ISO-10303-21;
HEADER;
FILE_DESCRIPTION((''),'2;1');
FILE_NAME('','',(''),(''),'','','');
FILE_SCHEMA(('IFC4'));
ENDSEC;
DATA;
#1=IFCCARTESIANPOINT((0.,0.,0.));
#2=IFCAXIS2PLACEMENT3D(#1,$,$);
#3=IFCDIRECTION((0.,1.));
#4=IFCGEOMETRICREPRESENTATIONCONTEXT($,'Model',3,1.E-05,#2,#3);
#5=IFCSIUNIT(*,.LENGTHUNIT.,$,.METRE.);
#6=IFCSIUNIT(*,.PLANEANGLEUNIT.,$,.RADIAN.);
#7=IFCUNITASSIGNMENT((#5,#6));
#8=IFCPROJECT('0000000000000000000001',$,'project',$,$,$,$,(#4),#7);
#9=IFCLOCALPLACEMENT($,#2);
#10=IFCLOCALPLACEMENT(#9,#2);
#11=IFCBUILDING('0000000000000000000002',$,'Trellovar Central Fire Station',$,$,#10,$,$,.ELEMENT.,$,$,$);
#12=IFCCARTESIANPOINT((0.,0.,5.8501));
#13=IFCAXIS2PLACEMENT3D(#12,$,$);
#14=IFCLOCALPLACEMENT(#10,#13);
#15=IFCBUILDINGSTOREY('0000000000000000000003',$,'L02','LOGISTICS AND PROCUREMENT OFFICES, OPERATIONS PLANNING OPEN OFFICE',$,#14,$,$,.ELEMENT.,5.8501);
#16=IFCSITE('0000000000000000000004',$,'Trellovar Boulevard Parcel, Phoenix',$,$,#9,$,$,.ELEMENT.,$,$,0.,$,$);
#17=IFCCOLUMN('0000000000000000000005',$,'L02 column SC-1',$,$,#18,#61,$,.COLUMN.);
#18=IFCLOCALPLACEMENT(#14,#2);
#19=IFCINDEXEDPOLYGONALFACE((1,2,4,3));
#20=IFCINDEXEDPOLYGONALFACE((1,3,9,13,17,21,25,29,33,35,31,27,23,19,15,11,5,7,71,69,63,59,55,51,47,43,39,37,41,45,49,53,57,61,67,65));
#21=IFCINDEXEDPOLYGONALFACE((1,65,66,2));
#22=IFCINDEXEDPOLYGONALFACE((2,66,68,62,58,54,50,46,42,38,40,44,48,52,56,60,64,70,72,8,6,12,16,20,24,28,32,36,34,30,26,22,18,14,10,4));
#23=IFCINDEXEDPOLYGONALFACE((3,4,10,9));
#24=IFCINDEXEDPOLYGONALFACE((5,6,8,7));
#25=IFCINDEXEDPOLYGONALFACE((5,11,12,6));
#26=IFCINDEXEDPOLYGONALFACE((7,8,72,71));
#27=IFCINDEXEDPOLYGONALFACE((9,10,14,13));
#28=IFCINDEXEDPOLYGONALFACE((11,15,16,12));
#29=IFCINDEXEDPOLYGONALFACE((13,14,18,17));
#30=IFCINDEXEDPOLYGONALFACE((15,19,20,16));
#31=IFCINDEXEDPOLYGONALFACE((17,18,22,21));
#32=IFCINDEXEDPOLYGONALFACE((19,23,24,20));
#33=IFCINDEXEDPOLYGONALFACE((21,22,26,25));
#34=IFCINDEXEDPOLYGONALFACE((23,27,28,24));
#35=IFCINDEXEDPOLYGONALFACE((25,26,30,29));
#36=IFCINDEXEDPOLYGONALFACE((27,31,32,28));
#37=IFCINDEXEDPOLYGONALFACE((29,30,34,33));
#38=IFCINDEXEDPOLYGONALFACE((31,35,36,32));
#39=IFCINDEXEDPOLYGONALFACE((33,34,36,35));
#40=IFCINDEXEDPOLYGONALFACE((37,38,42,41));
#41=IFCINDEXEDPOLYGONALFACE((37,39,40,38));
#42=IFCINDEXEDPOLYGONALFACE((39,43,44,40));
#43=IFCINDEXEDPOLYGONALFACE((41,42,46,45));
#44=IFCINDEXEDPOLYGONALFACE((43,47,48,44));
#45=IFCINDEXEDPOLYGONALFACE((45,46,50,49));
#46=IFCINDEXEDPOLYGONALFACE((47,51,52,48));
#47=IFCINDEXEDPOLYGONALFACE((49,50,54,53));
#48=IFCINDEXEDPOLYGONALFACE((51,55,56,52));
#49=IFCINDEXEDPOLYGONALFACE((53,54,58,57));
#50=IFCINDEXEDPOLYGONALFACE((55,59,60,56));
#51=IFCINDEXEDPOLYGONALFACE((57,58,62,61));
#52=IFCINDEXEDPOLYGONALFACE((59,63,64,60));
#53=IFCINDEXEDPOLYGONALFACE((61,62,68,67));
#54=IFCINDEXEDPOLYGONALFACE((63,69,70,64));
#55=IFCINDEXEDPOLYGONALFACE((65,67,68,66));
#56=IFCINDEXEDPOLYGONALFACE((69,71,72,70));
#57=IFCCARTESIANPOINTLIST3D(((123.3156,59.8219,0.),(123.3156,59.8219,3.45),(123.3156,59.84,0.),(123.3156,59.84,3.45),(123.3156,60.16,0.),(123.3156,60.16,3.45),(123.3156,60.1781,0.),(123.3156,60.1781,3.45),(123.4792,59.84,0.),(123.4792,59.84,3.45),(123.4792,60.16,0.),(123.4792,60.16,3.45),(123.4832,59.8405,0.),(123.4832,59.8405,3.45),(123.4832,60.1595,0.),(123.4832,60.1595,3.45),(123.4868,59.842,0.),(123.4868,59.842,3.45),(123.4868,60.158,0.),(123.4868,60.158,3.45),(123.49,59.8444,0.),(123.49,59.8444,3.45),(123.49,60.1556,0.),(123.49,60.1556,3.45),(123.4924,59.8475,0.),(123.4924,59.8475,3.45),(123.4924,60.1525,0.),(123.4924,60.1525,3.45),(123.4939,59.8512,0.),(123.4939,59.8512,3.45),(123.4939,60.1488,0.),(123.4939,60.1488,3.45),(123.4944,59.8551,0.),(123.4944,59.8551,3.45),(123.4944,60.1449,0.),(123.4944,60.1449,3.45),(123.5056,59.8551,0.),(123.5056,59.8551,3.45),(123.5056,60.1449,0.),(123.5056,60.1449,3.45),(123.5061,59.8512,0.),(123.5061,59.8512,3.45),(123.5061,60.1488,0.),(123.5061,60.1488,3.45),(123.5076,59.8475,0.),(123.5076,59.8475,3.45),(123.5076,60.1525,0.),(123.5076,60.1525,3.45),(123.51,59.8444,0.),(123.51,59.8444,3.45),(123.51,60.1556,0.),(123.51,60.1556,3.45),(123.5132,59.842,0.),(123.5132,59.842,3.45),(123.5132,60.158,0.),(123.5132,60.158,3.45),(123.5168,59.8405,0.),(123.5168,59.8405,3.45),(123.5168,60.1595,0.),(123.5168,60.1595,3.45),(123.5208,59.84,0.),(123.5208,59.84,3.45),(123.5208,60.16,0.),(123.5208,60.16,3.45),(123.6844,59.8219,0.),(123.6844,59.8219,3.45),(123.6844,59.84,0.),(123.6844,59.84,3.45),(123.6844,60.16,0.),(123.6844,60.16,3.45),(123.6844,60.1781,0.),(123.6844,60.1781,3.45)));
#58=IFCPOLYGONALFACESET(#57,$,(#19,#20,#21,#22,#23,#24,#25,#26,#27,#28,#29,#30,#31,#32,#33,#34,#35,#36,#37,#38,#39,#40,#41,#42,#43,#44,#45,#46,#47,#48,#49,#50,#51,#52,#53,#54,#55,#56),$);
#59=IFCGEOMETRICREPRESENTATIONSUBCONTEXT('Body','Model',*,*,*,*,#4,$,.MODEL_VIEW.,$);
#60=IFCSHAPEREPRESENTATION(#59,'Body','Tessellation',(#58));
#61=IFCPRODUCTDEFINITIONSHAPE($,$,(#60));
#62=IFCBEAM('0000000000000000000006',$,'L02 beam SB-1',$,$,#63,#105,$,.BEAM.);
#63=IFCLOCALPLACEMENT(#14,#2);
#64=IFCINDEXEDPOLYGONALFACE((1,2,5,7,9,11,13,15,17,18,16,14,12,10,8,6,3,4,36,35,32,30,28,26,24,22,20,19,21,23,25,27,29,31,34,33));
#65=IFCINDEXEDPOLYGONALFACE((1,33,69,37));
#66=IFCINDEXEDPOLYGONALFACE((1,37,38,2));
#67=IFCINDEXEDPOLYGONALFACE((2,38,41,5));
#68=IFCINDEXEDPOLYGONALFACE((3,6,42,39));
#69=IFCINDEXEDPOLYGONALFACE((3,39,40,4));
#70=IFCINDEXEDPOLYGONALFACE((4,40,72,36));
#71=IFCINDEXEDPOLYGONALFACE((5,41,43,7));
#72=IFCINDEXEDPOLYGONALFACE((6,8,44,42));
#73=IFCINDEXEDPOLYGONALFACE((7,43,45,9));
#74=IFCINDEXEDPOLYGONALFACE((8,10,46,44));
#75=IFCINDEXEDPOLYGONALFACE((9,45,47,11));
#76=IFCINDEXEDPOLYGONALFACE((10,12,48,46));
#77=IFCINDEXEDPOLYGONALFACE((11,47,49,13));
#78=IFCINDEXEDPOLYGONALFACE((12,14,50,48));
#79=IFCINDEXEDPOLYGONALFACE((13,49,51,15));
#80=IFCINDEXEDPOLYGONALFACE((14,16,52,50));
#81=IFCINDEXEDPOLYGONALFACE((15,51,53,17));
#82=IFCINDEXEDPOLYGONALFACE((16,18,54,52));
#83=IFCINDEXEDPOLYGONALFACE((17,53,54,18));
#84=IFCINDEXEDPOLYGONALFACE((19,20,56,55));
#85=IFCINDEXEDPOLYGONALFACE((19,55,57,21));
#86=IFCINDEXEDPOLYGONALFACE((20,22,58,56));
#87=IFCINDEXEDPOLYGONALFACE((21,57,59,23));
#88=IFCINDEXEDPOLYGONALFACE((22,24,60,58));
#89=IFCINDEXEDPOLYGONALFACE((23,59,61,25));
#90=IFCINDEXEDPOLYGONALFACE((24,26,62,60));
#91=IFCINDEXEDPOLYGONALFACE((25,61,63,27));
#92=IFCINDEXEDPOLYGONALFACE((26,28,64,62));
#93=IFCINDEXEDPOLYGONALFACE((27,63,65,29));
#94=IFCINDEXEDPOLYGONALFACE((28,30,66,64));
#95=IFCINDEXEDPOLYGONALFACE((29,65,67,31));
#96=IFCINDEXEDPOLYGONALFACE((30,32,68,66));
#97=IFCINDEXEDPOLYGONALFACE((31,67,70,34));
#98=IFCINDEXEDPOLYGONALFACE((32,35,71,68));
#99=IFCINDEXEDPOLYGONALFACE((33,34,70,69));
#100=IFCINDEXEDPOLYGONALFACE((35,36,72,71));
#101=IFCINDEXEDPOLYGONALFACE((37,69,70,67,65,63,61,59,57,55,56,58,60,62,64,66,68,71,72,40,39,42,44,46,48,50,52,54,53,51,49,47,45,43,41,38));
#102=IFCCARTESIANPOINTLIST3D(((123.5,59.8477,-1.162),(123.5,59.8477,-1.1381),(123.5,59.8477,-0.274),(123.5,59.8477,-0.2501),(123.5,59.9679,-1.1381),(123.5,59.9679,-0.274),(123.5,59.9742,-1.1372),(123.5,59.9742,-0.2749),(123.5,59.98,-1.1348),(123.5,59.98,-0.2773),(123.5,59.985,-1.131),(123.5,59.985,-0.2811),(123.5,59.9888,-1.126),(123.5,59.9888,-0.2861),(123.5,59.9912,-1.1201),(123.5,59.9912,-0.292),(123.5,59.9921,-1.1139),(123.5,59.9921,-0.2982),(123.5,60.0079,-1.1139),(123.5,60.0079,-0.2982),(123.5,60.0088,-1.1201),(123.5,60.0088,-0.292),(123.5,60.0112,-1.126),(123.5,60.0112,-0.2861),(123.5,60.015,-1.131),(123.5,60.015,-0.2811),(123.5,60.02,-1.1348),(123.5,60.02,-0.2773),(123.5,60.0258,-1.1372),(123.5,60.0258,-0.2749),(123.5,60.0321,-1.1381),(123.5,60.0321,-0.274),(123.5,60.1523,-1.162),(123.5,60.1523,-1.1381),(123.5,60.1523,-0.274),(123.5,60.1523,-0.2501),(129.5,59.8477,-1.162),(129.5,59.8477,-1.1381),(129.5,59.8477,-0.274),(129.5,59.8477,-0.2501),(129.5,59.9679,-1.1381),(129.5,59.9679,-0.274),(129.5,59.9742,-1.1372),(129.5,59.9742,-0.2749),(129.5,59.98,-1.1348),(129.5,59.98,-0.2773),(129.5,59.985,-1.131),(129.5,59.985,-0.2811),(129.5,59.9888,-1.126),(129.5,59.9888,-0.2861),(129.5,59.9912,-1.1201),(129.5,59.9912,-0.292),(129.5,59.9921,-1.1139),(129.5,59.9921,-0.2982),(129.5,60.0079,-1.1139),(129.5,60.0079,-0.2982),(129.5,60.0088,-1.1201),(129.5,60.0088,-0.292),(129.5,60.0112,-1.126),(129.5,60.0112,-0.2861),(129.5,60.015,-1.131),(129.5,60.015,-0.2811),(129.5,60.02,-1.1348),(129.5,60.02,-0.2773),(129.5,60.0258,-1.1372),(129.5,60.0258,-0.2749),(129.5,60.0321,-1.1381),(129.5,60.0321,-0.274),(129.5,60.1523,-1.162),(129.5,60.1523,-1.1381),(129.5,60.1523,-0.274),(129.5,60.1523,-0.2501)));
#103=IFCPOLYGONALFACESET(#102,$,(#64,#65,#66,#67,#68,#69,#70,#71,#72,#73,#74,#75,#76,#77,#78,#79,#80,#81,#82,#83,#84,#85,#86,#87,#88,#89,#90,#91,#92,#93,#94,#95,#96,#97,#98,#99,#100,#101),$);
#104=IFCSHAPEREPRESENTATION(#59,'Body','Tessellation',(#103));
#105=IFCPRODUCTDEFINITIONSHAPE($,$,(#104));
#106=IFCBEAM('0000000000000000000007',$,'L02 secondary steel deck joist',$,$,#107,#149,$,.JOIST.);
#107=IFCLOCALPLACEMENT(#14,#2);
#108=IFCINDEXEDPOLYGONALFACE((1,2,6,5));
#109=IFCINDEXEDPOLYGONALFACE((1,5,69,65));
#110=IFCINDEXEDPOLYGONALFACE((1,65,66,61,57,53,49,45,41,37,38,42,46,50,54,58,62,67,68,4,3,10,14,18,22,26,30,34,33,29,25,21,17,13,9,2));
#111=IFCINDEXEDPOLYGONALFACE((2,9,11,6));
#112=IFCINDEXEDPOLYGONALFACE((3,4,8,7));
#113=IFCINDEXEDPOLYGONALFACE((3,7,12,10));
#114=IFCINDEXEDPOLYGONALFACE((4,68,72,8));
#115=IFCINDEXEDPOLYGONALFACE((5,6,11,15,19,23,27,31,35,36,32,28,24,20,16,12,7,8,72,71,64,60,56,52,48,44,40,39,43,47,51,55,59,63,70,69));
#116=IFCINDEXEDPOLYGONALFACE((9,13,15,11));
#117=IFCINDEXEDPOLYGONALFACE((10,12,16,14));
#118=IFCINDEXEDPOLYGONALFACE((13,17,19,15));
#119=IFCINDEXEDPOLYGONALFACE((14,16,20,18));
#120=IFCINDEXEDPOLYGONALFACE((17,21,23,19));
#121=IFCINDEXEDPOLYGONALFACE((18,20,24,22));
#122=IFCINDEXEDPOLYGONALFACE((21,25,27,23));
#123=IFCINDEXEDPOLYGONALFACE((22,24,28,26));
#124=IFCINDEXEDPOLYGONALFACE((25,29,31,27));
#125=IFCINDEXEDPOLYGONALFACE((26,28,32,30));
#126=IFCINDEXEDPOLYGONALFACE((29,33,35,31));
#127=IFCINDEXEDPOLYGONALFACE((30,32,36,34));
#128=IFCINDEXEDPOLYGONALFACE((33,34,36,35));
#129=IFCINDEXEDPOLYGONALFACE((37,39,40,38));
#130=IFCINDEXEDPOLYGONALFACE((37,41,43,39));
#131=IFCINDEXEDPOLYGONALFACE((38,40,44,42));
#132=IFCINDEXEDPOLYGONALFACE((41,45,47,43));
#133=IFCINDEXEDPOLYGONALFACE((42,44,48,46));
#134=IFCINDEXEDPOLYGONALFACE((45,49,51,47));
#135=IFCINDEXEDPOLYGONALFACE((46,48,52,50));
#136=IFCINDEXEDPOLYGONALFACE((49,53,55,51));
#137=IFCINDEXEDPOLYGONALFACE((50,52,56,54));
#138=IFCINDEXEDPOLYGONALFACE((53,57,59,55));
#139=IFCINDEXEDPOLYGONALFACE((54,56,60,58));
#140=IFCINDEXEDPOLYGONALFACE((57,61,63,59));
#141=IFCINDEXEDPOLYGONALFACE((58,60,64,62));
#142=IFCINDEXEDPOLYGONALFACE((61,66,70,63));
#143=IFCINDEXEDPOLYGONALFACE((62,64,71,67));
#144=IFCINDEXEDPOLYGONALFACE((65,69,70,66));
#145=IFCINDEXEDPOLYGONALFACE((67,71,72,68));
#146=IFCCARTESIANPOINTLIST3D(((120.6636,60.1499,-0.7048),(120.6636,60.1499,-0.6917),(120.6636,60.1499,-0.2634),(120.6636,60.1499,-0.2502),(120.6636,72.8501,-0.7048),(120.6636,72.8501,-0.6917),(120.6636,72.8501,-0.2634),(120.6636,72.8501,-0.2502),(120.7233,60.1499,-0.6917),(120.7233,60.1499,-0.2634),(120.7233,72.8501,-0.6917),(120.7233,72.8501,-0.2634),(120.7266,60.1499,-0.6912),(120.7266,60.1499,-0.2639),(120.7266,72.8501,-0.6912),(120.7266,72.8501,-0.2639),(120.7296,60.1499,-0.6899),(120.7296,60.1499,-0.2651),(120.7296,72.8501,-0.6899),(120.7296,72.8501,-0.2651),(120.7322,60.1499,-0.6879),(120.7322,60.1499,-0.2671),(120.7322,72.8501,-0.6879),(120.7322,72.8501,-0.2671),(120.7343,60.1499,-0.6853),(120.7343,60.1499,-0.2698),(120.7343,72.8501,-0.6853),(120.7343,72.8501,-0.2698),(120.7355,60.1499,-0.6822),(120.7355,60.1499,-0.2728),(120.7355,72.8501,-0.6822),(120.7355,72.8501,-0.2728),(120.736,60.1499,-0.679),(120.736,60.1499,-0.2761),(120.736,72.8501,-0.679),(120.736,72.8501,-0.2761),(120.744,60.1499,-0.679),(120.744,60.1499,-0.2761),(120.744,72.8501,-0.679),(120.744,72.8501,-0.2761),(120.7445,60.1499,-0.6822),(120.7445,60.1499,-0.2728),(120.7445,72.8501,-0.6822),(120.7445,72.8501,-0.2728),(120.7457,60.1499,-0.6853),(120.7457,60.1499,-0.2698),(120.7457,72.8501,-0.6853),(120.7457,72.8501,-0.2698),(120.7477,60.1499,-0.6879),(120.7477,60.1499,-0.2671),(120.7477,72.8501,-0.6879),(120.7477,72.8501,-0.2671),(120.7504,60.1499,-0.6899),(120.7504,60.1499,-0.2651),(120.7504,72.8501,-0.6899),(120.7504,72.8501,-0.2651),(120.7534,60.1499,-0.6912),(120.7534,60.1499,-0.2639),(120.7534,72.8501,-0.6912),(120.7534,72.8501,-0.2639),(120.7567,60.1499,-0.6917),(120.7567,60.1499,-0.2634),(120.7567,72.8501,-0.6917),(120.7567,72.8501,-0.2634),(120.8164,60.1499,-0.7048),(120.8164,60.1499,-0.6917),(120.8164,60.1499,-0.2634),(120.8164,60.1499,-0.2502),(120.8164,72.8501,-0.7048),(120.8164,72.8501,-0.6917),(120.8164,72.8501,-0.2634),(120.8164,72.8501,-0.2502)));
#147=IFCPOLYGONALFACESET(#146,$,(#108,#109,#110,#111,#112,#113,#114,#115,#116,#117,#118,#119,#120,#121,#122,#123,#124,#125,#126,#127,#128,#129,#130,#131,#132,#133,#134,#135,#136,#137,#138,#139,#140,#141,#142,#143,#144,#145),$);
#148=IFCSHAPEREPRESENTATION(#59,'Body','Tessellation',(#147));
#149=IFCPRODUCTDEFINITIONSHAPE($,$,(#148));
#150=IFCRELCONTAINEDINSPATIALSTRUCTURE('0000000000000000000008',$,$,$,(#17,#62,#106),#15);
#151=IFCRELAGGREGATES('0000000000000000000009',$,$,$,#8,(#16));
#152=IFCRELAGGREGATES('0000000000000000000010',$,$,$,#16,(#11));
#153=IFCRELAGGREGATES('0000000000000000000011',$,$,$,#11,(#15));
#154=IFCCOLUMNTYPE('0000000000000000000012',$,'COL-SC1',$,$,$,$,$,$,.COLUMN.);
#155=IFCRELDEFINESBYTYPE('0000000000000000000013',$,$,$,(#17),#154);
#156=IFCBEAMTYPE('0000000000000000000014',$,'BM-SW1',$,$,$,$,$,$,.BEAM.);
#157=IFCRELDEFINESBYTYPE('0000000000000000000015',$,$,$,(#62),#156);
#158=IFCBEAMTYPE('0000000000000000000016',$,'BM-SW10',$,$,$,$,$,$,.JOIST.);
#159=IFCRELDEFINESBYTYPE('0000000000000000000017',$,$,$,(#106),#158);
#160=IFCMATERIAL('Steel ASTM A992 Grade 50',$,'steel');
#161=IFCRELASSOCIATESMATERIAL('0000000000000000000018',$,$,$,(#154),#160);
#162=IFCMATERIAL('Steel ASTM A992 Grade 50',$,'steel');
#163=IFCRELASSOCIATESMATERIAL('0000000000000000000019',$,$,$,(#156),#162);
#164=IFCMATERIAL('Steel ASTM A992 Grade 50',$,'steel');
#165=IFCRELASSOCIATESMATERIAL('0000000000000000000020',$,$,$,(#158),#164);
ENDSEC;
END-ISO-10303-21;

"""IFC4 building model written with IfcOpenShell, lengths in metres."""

from ifc_helpers import new_model, si_unit, direction, frame, origin, origin_2d, place, context, subcontext, project, spatial, i_section, extrude, material, material_profile, profile_set, type_object, element, save


model = new_model("IFC4")

# Units and contexts
model_context = context("Model", 3, precision=1e-05, world=origin(), true_north=direction((0.0, 1.0)))
body_context = subcontext(model_context, "Body", "Model", "MODEL_VIEW")
ifc_project = project(units=[si_unit("LENGTHUNIT", "METRE"), si_unit("PLANEANGLEUNIT", "RADIAN")], contexts=[model_context])

# Site, building, storey
site_placement = place(None, origin())
site = spatial("IfcSite", under=ifc_project, at=site_placement, Name="Trellovar Boulevard Parcel, Phoenix", CompositionType="ELEMENT", RefElevation=0.0)
building_placement = place(site_placement, origin())
building = spatial("IfcBuilding", under=site, at=building_placement, Name="Trellovar Central Fire Station", CompositionType="ELEMENT")
storey_placement = place(building_placement, frame((0.0, 0.0, 5.8501)))
storey = spatial("IfcBuildingStorey", under=building, at=storey_placement, Name="L02", Description="LOGISTICS AND PROCUREMENT OFFICES, OPERATIONS PLANNING OPEN OFFICE", CompositionType="ELEMENT", Elevation=5.8501)

# Column
ifc_material_1 = material(Name="Steel ASTM A992 Grade 50", Category="steel")
ifc_material_profile_1 = material_profile(ifc_material_1, i_section(OverallWidth=0.3689, OverallDepth=0.3562, WebThickness=0.0112, FlangeThickness=0.0181, FilletRadius=0.0151, at=origin_2d()), Name="W14X90")
ifc_profile_set_1 = profile_set([ifc_material_profile_1], Name="Steel ASTM A992 Grade 50")
column_type = type_object("IfcColumnType", Name="COL-SC1", PredefinedType="COLUMN", material=ifc_profile_set_1)
column_placement = place(storey_placement, frame((123.5, 60.0, 0.0), z_axis=(0.0, 0.0, 1.0), x_axis=(1.0, 0.0, 0.0)))
element("IfcColumn", 1, at=column_placement, inside=storey, type_object=column_type, Name="L02 column SC-1", PredefinedType="COLUMN", context=body_context, shape_type="SweptSolid", body=[
    extrude(i_section(OverallWidth=0.3689, OverallDepth=0.3562, WebThickness=0.0112, FlangeThickness=0.0181, FilletRadius=0.0151, at=origin_2d()), origin(), (0.0, 0.0, 1.0), 3.45),
])

# Beams
ifc_material_2 = material(Name="Steel ASTM A992 Grade 50", Category="steel")
ifc_material_profile_2 = material_profile(ifc_material_2, i_section(OverallWidth=0.3047, OverallDepth=0.9119, WebThickness=0.0159, FlangeThickness=0.0239, FilletRadius=0.0242, at=origin_2d()), Name="W36X150")
ifc_profile_set_2 = profile_set([ifc_material_profile_2], Name="Steel ASTM A992 Grade 50")
beam_type_1 = type_object("IfcBeamType", Name="BM-SW1", PredefinedType="BEAM", material=ifc_profile_set_2)
beam_1_placement = place(storey_placement, frame((123.5, 60.0, -0.7061), z_axis=(1.0, 0.0, 0.0), x_axis=(0.0, 1.0, 0.0)))
element("IfcBeam", 2, at=beam_1_placement, inside=storey, type_object=beam_type_1, Name="L02 beam SB-1", PredefinedType="BEAM", context=body_context, shape_type="SweptSolid", body=[
    extrude(i_section(OverallWidth=0.3047, OverallDepth=0.9119, WebThickness=0.0159, FlangeThickness=0.0239, FilletRadius=0.0242, at=origin_2d()), origin(), (0.0, 0.0, 1.0), 6.0),
])
ifc_material_3 = material(Name="Steel ASTM A992 Grade 50", Category="steel")
ifc_material_profile_3 = material_profile(ifc_material_3, i_section(OverallWidth=0.1528, OverallDepth=0.4546, WebThickness=0.0081, FlangeThickness=0.0132, FilletRadius=0.0127, at=origin_2d()), Name="W18X40")
ifc_profile_set_3 = profile_set([ifc_material_profile_3], Name="Steel ASTM A992 Grade 50")
beam_type_2 = type_object("IfcBeamType", Name="BM-SW10", PredefinedType="JOIST", material=ifc_profile_set_3)
beam_2_placement = place(storey_placement, frame((120.74, 60.1499, -0.4775), z_axis=(0.0, 1.0, 0.0), x_axis=(-1.0, 0.0, 0.0)))
element("IfcBeam", 3, at=beam_2_placement, inside=storey, type_object=beam_type_2, Name="L02 secondary steel deck joist", PredefinedType="JOIST", context=body_context, shape_type="SweptSolid", body=[
    extrude(i_section(OverallWidth=0.1528, OverallDepth=0.4546, WebThickness=0.0081, FlangeThickness=0.0132, FilletRadius=0.0127, at=origin_2d()), origin(), (0.0, 0.0, 1.0), 12.7002),
])

save(model, "model.ifc")
